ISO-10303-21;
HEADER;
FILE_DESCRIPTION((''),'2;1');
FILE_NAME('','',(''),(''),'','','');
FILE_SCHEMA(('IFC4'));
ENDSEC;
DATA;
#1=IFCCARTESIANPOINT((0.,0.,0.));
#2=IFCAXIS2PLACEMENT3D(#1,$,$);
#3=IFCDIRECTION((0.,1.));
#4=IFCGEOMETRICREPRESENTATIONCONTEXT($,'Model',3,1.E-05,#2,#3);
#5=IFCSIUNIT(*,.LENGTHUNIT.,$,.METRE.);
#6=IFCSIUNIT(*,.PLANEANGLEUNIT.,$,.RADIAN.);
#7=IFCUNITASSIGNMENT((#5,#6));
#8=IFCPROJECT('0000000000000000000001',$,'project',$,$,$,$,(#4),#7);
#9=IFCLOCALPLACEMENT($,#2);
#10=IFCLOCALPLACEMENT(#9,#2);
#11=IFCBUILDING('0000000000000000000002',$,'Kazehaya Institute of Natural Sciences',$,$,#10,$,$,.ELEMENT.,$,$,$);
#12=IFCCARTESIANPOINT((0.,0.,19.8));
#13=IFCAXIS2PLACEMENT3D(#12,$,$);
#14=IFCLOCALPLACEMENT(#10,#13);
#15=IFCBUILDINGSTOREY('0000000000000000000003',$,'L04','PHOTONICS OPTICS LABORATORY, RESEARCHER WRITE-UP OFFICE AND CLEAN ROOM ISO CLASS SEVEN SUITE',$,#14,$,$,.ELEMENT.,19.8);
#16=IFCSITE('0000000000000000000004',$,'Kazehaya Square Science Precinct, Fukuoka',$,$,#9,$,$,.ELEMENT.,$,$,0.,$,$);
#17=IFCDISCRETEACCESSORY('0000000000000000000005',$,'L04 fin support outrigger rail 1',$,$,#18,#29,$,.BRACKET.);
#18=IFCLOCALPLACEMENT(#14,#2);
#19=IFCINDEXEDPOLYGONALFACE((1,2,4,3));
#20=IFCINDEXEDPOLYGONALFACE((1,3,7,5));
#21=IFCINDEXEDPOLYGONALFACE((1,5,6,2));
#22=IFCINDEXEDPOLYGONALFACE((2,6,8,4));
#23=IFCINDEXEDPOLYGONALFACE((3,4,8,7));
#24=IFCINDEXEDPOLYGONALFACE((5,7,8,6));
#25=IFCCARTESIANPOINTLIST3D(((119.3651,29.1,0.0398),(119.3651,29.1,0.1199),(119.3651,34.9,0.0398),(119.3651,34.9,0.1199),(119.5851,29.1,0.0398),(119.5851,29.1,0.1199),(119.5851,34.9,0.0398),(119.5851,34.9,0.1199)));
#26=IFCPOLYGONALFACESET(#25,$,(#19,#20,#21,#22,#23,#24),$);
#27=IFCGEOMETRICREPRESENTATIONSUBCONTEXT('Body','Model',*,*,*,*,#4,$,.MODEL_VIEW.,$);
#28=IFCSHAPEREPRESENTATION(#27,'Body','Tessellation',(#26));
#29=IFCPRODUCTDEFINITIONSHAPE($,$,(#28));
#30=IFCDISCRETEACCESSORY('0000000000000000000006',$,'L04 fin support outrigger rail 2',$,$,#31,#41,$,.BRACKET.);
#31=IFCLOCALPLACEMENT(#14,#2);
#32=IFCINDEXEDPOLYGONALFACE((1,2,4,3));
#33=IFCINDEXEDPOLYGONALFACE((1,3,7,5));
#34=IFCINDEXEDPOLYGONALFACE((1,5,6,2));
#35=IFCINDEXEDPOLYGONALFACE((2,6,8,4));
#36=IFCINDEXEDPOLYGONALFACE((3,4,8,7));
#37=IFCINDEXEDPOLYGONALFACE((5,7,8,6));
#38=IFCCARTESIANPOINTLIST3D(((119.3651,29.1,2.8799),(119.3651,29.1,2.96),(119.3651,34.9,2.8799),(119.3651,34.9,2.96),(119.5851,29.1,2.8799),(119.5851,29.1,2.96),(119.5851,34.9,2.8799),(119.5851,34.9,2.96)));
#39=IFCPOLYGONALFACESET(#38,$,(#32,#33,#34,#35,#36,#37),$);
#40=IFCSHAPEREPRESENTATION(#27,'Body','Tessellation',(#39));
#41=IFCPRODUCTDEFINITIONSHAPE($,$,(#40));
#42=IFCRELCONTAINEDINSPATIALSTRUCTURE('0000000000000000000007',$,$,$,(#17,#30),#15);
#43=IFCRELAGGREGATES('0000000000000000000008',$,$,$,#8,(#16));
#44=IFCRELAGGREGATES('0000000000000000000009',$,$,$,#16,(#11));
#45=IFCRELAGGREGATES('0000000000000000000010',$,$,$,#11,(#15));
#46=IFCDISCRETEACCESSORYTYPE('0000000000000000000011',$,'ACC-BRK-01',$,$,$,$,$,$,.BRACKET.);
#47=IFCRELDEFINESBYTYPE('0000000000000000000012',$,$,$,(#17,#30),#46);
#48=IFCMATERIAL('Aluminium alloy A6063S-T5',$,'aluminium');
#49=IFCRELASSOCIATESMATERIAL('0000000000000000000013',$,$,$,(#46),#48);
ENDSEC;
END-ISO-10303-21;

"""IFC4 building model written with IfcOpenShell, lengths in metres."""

from ifc_helpers import new_model, si_unit, direction, frame, origin, origin_2d, place, context, subcontext, project, spatial, rectangle, extrude, material, type_object, element, save


model = new_model("IFC4")

# Units and contexts
model_context = context("Model", 3, precision=1e-05, world=origin(), true_north=direction((0.0, 1.0)))
body_context = subcontext(model_context, "Body", "Model", "MODEL_VIEW")
ifc_project = project(units=[si_unit("LENGTHUNIT", "METRE"), si_unit("PLANEANGLEUNIT", "RADIAN")], contexts=[model_context])

# Site, building, storey
site_placement = place(None, origin())
site = spatial("IfcSite", under=ifc_project, at=site_placement, Name="Kazehaya Square Science Precinct, Fukuoka", CompositionType="ELEMENT", RefElevation=0.0)
building_placement = place(site_placement, origin())
building = spatial("IfcBuilding", under=site, at=building_placement, Name="Kazehaya Institute of Natural Sciences", CompositionType="ELEMENT")
storey_placement = place(building_placement, frame((0.0, 0.0, 19.8)))
storey = spatial("IfcBuildingStorey", under=building, at=storey_placement, Name="L04", Description="PHOTONICS OPTICS LABORATORY, RESEARCHER WRITE-UP OFFICE AND CLEAN ROOM ISO CLASS SEVEN SUITE", CompositionType="ELEMENT", Elevation=19.8)

# Shared definitions
ifc_material_1 = material(Name="Aluminium alloy A6063S-T5", Category="aluminium")

# Discrete accessories
discrete_accessory_type = type_object("IfcDiscreteAccessoryType", Name="ACC-BRK-01", PredefinedType="BRACKET", material=ifc_material_1)
for number, where, z_axis, x_axis, name in (
    (1, (119.4751, 32.0, 0.0398), (0.0, 0.0, 1.0), (0.0, -1.0, 0.0), "L04 fin support outrigger rail 1"),
    (2, (119.4751, 32.0, 2.8799), (0.0, 0.0, 1.0), (0.0, -1.0, 0.0), "L04 fin support outrigger rail 2"),
):
    element("IfcDiscreteAccessory", number, at=place(storey_placement, frame(where, z_axis=z_axis, x_axis=x_axis)), inside=storey, type_object=discrete_accessory_type, Name=name, PredefinedType="BRACKET", context=body_context, shape_type="SweptSolid", body=[
        extrude(rectangle(XDim=5.8, YDim=0.22, at=origin_2d()), origin(), (0.0, 0.0, 1.0), 0.0801),
    ])

save(model, "model.ifc")
